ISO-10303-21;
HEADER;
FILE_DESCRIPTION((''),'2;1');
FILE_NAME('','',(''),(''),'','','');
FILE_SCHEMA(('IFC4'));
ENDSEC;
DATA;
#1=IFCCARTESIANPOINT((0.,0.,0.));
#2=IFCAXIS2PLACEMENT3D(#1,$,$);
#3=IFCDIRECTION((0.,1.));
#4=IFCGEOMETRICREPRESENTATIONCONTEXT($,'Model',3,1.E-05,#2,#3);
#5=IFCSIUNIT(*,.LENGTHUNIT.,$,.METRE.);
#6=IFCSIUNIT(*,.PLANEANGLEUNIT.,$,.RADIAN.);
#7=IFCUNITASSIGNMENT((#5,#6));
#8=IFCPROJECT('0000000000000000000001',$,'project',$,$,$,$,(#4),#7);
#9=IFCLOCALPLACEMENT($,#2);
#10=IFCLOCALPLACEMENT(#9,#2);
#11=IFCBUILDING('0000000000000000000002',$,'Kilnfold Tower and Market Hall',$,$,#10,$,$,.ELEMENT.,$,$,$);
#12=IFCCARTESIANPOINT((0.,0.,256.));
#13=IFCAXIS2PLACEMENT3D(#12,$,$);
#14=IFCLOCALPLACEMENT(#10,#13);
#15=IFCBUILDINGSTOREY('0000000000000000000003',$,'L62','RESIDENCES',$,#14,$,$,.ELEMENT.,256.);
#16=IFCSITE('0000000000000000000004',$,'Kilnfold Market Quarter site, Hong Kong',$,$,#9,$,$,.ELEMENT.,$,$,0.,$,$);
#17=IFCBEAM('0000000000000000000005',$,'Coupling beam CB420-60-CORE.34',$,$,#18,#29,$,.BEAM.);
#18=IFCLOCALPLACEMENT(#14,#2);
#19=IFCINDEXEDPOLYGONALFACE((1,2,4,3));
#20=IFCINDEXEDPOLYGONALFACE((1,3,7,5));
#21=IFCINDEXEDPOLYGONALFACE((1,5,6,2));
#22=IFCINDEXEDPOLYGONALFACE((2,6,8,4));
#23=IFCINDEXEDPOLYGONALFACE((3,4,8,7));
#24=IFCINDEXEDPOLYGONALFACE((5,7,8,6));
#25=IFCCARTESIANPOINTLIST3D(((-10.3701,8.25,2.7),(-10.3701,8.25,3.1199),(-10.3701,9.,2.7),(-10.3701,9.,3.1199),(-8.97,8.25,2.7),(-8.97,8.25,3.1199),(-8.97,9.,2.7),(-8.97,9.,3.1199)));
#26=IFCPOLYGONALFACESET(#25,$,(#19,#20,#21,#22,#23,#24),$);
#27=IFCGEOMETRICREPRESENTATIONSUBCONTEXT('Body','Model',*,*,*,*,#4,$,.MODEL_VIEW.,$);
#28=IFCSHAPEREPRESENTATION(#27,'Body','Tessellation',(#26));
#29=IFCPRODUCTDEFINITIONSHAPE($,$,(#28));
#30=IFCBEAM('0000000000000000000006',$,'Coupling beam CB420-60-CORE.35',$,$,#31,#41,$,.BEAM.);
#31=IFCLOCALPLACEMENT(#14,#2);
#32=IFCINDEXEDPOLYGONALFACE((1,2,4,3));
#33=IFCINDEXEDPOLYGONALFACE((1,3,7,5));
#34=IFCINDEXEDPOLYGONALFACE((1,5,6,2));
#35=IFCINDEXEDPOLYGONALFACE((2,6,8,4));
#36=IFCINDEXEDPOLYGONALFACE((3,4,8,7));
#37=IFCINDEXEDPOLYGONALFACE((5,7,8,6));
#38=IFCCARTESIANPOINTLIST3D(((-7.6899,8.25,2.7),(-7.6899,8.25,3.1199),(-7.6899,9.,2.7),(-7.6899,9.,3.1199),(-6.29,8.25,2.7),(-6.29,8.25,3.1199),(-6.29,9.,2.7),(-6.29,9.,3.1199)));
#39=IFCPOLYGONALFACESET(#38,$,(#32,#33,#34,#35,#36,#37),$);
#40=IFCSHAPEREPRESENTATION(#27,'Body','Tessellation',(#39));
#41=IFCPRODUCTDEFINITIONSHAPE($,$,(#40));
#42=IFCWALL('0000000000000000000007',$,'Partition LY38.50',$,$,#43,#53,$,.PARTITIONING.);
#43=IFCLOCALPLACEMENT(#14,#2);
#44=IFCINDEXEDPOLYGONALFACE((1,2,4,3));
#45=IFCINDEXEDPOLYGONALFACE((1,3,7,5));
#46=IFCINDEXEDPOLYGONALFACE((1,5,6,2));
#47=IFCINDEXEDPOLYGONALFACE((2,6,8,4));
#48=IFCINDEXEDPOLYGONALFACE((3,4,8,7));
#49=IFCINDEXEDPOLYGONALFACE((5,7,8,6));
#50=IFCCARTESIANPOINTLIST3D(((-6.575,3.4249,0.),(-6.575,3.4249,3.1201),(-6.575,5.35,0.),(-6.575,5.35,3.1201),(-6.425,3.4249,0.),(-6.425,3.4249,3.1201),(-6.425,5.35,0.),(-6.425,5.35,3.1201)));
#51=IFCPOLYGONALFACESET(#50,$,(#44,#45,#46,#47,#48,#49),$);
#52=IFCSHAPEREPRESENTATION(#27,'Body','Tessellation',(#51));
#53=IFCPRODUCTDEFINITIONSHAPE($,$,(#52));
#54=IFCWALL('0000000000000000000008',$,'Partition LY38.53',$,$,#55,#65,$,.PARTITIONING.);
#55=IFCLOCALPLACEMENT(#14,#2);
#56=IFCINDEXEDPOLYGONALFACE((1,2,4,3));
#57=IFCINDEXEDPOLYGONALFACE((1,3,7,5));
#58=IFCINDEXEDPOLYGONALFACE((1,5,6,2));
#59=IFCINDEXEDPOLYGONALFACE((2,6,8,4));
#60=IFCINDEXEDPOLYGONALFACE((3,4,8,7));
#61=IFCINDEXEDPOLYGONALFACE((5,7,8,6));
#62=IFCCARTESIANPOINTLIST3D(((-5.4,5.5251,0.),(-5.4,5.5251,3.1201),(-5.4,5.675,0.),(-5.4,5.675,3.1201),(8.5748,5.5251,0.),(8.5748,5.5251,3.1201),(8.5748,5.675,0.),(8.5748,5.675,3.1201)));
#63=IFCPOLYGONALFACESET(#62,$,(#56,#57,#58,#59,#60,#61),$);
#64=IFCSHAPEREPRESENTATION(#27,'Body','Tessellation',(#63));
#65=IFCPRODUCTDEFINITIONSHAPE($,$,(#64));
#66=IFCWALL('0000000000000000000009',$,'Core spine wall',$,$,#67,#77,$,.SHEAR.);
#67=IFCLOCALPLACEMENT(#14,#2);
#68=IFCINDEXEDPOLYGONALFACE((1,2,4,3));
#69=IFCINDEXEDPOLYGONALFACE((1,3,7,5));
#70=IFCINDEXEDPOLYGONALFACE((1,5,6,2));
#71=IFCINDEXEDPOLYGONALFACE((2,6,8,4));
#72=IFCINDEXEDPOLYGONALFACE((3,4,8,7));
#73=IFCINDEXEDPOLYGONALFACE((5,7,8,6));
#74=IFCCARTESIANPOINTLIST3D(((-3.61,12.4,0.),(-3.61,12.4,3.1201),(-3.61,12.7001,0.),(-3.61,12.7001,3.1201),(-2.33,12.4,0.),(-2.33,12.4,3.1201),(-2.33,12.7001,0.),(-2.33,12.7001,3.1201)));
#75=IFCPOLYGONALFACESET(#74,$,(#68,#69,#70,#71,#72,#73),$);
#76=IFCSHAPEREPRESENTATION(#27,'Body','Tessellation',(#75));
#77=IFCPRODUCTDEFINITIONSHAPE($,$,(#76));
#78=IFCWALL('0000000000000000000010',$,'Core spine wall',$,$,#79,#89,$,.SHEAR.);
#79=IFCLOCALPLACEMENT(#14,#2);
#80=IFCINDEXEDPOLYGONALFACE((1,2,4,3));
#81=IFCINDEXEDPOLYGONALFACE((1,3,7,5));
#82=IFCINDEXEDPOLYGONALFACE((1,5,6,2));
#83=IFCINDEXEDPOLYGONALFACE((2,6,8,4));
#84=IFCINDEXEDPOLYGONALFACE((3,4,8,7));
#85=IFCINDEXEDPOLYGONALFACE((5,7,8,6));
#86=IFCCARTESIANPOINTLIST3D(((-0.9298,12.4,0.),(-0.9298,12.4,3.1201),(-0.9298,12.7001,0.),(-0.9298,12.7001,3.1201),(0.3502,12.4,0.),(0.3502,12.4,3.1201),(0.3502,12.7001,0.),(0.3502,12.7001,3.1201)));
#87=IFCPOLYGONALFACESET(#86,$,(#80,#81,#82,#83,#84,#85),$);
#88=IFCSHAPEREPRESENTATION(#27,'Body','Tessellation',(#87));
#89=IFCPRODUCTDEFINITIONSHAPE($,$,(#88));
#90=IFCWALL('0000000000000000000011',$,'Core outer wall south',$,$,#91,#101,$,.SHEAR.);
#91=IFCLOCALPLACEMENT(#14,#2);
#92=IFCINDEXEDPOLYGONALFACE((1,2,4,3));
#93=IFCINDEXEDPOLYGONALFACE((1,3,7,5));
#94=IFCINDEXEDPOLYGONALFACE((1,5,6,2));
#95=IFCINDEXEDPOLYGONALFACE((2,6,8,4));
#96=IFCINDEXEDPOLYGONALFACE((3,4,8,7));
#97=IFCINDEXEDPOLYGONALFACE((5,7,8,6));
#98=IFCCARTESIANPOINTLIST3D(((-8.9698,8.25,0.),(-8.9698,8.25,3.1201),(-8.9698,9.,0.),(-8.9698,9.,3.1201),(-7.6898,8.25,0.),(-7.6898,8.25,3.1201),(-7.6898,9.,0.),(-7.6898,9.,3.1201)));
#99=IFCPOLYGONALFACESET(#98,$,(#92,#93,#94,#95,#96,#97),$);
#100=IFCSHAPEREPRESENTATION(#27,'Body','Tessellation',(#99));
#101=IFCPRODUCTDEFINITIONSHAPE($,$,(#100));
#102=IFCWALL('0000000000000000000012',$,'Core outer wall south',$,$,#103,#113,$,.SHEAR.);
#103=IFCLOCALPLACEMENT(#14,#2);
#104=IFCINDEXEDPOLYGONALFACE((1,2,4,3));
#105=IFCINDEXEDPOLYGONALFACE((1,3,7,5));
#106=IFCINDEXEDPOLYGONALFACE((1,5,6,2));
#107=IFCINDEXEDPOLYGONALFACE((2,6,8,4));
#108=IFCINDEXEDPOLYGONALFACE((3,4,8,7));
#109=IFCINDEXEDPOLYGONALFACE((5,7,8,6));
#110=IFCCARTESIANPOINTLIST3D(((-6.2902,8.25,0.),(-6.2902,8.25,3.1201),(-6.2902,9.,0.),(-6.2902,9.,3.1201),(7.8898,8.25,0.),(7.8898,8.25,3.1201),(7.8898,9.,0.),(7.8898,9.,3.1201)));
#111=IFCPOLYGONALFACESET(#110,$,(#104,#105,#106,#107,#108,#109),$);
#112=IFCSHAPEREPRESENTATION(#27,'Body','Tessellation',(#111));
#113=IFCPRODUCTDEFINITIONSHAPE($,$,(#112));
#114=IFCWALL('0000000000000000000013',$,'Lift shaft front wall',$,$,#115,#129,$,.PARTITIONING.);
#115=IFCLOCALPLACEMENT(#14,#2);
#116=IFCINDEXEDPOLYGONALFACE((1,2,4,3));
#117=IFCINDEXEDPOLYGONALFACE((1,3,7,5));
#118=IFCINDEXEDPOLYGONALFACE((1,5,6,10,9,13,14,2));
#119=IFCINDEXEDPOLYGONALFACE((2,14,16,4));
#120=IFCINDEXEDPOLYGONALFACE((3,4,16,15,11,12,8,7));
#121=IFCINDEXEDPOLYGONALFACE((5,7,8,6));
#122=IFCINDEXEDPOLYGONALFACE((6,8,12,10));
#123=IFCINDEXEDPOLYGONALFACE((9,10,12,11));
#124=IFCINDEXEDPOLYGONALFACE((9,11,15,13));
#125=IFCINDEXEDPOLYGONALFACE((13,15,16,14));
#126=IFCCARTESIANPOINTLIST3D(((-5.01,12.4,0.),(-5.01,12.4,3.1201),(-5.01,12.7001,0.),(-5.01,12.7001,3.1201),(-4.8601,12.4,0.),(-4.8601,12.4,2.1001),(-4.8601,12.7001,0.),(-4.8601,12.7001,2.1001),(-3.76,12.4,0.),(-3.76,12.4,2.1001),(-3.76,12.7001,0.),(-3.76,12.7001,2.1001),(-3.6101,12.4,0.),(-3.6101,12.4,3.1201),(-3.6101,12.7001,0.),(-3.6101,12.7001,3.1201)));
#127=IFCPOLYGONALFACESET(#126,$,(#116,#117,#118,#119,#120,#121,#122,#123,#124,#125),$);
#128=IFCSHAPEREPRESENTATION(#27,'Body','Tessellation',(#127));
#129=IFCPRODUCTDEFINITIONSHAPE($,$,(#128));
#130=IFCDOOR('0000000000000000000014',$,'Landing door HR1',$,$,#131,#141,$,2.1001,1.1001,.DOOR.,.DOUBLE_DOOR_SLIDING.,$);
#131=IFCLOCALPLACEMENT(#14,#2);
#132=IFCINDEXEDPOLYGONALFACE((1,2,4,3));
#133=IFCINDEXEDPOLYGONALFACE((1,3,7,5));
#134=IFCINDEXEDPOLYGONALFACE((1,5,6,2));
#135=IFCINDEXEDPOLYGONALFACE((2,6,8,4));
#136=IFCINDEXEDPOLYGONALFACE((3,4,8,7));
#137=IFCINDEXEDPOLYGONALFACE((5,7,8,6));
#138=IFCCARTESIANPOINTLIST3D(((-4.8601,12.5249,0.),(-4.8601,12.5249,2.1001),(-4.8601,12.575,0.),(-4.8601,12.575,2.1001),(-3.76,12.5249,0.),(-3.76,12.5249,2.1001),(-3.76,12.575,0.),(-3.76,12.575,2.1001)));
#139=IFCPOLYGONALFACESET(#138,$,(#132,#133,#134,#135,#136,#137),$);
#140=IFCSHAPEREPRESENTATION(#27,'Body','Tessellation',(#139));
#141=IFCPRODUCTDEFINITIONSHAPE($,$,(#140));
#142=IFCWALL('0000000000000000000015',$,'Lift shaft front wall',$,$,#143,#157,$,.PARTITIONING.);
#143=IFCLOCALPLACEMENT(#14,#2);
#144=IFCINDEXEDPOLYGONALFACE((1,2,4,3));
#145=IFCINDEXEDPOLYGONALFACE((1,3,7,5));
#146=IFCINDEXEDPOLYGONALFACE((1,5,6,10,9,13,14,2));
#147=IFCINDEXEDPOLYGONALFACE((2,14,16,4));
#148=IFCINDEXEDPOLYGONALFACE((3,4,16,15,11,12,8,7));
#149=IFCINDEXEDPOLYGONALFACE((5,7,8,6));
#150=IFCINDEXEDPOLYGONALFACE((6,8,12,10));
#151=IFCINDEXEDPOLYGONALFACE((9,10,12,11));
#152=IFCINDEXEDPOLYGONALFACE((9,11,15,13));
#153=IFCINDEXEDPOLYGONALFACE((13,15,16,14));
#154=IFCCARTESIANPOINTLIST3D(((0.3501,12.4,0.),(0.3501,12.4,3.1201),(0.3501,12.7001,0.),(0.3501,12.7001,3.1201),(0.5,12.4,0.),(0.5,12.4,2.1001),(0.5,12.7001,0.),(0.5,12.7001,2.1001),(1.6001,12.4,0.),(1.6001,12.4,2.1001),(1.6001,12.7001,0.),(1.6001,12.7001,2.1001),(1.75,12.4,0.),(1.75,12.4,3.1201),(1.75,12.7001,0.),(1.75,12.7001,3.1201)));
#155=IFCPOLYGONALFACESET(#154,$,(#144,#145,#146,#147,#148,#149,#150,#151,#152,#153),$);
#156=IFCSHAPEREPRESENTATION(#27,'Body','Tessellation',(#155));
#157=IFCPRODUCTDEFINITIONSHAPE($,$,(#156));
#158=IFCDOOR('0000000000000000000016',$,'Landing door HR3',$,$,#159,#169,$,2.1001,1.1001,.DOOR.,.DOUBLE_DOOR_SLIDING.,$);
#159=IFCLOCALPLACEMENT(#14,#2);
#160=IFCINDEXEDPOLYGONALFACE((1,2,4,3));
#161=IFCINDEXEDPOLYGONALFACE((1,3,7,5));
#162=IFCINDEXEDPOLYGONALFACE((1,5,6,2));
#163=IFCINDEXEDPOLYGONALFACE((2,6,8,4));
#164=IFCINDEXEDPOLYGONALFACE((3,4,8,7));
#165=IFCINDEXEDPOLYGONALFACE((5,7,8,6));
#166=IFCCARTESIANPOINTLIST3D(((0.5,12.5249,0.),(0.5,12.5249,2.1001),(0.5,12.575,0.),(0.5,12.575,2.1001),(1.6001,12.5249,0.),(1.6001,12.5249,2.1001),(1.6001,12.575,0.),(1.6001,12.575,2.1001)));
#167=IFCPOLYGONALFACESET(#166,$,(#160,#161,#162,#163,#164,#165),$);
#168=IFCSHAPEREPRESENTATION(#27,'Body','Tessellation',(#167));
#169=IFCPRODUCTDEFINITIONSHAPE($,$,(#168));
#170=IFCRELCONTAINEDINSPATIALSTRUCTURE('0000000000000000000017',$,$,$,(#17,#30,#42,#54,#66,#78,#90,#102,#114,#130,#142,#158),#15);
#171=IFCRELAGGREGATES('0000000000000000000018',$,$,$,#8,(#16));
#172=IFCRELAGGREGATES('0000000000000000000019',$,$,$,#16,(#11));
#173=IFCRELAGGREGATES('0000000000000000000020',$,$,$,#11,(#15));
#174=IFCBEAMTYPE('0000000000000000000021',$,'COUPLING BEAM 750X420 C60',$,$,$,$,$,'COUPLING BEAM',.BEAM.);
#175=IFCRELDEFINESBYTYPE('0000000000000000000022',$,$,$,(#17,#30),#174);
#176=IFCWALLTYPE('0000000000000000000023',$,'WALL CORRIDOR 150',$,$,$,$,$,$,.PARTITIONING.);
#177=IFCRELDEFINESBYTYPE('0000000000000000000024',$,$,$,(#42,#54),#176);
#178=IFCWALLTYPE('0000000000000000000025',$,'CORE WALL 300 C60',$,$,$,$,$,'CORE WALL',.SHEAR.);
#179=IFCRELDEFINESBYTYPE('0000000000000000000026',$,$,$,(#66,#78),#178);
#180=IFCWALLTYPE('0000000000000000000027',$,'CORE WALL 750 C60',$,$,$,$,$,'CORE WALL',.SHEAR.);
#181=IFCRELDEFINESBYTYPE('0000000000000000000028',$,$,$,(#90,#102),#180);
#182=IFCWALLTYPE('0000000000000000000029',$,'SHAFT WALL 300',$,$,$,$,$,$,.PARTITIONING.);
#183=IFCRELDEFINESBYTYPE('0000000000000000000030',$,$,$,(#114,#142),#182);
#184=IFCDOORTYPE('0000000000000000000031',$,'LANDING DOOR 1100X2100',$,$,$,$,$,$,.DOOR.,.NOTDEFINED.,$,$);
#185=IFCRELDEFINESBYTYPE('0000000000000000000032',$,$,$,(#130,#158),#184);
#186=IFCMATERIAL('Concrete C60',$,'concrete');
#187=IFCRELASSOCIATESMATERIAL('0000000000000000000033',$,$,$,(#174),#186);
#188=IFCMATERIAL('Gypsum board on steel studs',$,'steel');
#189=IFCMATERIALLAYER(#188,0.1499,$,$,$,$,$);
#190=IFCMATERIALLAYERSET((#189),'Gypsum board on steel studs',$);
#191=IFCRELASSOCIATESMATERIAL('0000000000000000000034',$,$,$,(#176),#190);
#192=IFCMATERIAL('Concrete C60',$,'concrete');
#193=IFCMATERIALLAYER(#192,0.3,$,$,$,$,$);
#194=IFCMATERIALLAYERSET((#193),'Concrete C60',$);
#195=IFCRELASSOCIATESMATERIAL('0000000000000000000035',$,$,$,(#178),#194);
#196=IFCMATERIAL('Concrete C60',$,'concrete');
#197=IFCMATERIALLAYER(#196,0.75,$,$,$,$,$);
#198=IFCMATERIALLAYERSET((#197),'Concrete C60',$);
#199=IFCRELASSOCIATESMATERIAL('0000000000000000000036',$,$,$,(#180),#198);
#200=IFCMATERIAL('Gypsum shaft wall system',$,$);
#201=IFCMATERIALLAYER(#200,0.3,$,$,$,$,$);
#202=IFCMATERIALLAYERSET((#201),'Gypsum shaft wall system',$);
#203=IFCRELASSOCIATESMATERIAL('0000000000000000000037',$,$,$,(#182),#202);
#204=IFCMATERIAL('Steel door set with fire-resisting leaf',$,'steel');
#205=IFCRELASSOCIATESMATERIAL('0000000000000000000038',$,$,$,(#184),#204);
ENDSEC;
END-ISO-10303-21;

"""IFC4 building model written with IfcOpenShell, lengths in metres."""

from ifc_helpers import new_model, si_unit, direction, frame, frame_2d, origin, origin_2d, place, context, subcontext, project, spatial, rectangle, extrude, source, transform, mapped, material, layer, layer_set, material_profile, profile_set, type_object, element, fill, save


model = new_model("IFC4")

# Units and contexts
model_context = context("Model", 3, precision=1e-05, world=origin(), true_north=direction((0.0, 1.0)))
body_context = subcontext(model_context, "Body", "Model", "MODEL_VIEW")
ifc_project = project(units=[si_unit("LENGTHUNIT", "METRE"), si_unit("PLANEANGLEUNIT", "RADIAN")], contexts=[model_context])

# Site, building, storey
site_placement = place(None, origin())
site = spatial("IfcSite", under=ifc_project, at=site_placement, Name="Kilnfold Market Quarter site, Hong Kong", CompositionType="ELEMENT", RefElevation=0.0)
building_placement = place(site_placement, origin())
building = spatial("IfcBuilding", under=site, at=building_placement, Name="Kilnfold Tower and Market Hall", CompositionType="ELEMENT")
storey_placement = place(building_placement, frame((0.0, 0.0, 256.0)))
storey = spatial("IfcBuildingStorey", under=building, at=storey_placement, Name="L62", Description="RESIDENCES", CompositionType="ELEMENT", Elevation=256.0)

# Beams
ifc_material_1 = material(Name="Concrete C60", Category="concrete")
ifc_material_profile = material_profile(ifc_material_1, rectangle(XDim=0.75, YDim=0.4199, at=origin_2d()), Name="RC 750x420")
ifc_profile_set = profile_set([ifc_material_profile], Name="Concrete C60")
beam_type = type_object("IfcBeamType", Name="COUPLING BEAM 750X420 C60", ElementType="COUPLING BEAM", PredefinedType="BEAM", material=ifc_profile_set)
shared_shape_1 = source(origin(), body_context, "Body", "SweptSolid", [
    extrude(rectangle(XDim=0.75, YDim=0.4199, at=origin_2d()), origin(), (0.0, 0.0, 1.0), 1.4001),
])
beam_1_placement = place(storey_placement, frame((-10.3701, 8.625, 2.9099), z_axis=(1.0, 0.0, 0.0), x_axis=(0.0, 1.0, 0.0)))
element("IfcBeam", 1, at=beam_1_placement, inside=storey, type_object=beam_type, Name="Coupling beam CB420-60-CORE.34", PredefinedType="BEAM", context=body_context, shape_type="MappedRepresentation", body=[
    mapped(shared_shape_1, transform((0.0, 0.0, 0.0))),
])
shared_shape_2 = source(origin(), body_context, "Body", "SweptSolid", [
    extrude(rectangle(XDim=0.75, YDim=0.4199, at=origin_2d()), origin(), (0.0, 0.0, 1.0), 1.3999),
])
beam_2_placement = place(storey_placement, frame((-7.6899, 8.625, 2.9099), z_axis=(1.0, 0.0, 0.0), x_axis=(0.0, 1.0, 0.0)))
element("IfcBeam", 2, at=beam_2_placement, inside=storey, type_object=beam_type, Name="Coupling beam CB420-60-CORE.35", PredefinedType="BEAM", context=body_context, shape_type="MappedRepresentation", body=[
    mapped(shared_shape_2, transform((0.0, 0.0, 0.0))),
])

# Walls
ifc_material_2 = material(Name="Gypsum board on steel studs", Category="steel")
ifc_layer_1 = layer(ifc_material_2, 0.1499)
ifc_layer_set_1 = layer_set([ifc_layer_1], Name="Gypsum board on steel studs")
wall_type_1 = type_object("IfcWallType", Name="WALL CORRIDOR 150", PredefinedType="PARTITIONING", material=ifc_layer_set_1)
wall_1_placement = place(storey_placement, frame((-6.5, 3.425, 0.0), z_axis=(0.0, 0.0, 1.0), x_axis=(0.0, 1.0, 0.0)))
element("IfcWall", 3, at=wall_1_placement, inside=storey, type_object=wall_type_1, Name="Partition LY38.50", PredefinedType="PARTITIONING", context=body_context, shape_type="SweptSolid", body=[
    extrude(rectangle(XDim=1.925, YDim=0.1499, at=frame_2d((0.9624, 0.0))), origin(), (0.0, 0.0, 1.0), 3.1201),
])
wall_2_placement = place(storey_placement, frame((-5.3999, 5.6001, 0.0), z_axis=(0.0, 0.0, 1.0), x_axis=(1.0, 0.0, 0.0)))
element("IfcWall", 4, at=wall_2_placement, inside=storey, type_object=wall_type_1, Name="Partition LY38.53", PredefinedType="PARTITIONING", context=body_context, shape_type="SweptSolid", body=[
    extrude(rectangle(XDim=13.9749, YDim=0.1499, at=frame_2d((6.9873, 0.0))), origin(), (0.0, 0.0, 1.0), 3.1201),
])
ifc_material_3 = material(Name="Concrete C60", Category="concrete")
ifc_layer_2 = layer(ifc_material_3, 0.3)
ifc_layer_set_2 = layer_set([ifc_layer_2], Name="Concrete C60")
wall_type_2 = type_object("IfcWallType", Name="CORE WALL 300 C60", ElementType="CORE WALL", PredefinedType="SHEAR", material=ifc_layer_set_2)
shared_shape_3 = source(origin(), body_context, "Body", "SweptSolid", [
    extrude(rectangle(XDim=1.28, YDim=0.3, at=frame_2d((0.6401, 0.0))), origin(), (0.0, 0.0, 1.0), 3.1201),
])
for number, where, z_axis, x_axis, name in (
    (5, (-3.6101, 12.55, 0.0), (0.0, 0.0, 1.0), (1.0, 0.0, 0.0), "Core spine wall"),
    (6, (-0.9299, 12.55, 0.0), (0.0, 0.0, 1.0), (1.0, 0.0, 0.0), "Core spine wall"),
):
    element("IfcWall", number, at=place(storey_placement, frame(where, z_axis=z_axis, x_axis=x_axis)), inside=storey, type_object=wall_type_2, Name=name, PredefinedType="SHEAR", context=body_context, shape_type="MappedRepresentation", body=[
        mapped(shared_shape_3, transform((0.0, 0.0, 0.0))),
    ])
ifc_material_4 = material(Name="Concrete C60", Category="concrete")
ifc_layer_3 = layer(ifc_material_4, 0.75)
ifc_layer_set_3 = layer_set([ifc_layer_3], Name="Concrete C60")
wall_type_3 = type_object("IfcWallType", Name="CORE WALL 750 C60", ElementType="CORE WALL", PredefinedType="SHEAR", material=ifc_layer_set_3)
shared_shape_4 = source(origin(), body_context, "Body", "SweptSolid", [
    extrude(rectangle(XDim=1.28, YDim=0.75, at=frame_2d((0.6401, 0.0))), origin(), (0.0, 0.0, 1.0), 3.1201),
])
wall_3_placement = place(storey_placement, frame((-8.97, 8.625, 0.0), z_axis=(0.0, 0.0, 1.0), x_axis=(1.0, 0.0, 0.0)))
element("IfcWall", 7, at=wall_3_placement, inside=storey, type_object=wall_type_3, Name="Core outer wall south", PredefinedType="SHEAR", context=body_context, shape_type="MappedRepresentation", body=[
    mapped(shared_shape_4, transform((0.0, 0.0, 0.0))),
])
shared_shape_5 = source(origin(), body_context, "Body", "SweptSolid", [
    extrude(rectangle(XDim=14.1799, YDim=0.75, at=frame_2d((7.0898, 0.0))), origin(), (0.0, 0.0, 1.0), 3.1201),
])
wall_4_placement = place(storey_placement, frame((-6.29, 8.625, 0.0), z_axis=(0.0, 0.0, 1.0), x_axis=(1.0, 0.0, 0.0)))
element("IfcWall", 8, at=wall_4_placement, inside=storey, type_object=wall_type_3, Name="Core outer wall south", PredefinedType="SHEAR", context=body_context, shape_type="MappedRepresentation", body=[
    mapped(shared_shape_5, transform((0.0, 0.0, 0.0))),
])

# Walls, openings, doors
ifc_material_5 = material(Name="Gypsum shaft wall system")
ifc_layer_4 = layer(ifc_material_5, 0.3)
ifc_layer_set_4 = layer_set([ifc_layer_4], Name="Gypsum shaft wall system")
wall_type_4 = type_object("IfcWallType", Name="SHAFT WALL 300", PredefinedType="PARTITIONING", material=ifc_layer_set_4)
shared_shape_6 = source(origin(), body_context, "Body", "SweptSolid", [
    extrude(rectangle(XDim=1.3999, YDim=0.3, at=frame_2d((0.7, 0.0))), origin(), (0.0, 0.0, 1.0), 3.1201),
])
wall_5_placement = place(storey_placement, frame((-5.01, 12.55, 0.0), z_axis=(0.0, 0.0, 1.0), x_axis=(1.0, 0.0, 0.0)))
wall_5 = element("IfcWall", 9, at=wall_5_placement, inside=storey, type_object=wall_type_4, Name="Lift shaft front wall", PredefinedType="PARTITIONING", context=body_context, shape_type="MappedRepresentation", body=[
    mapped(shared_shape_6, transform((0.0, 0.0, 0.0))),
])
opening_1_placement = place(wall_5_placement, frame((0.1499, 0.0, 0.0)))
opening_1 = element("IfcOpeningElement", 10, at=opening_1_placement, cuts=wall_5, PredefinedType="OPENING", context=body_context, shape_type="SweptSolid", body=[
    extrude(rectangle(XDim=1.1001, YDim=2.1001, at=frame_2d((0.55, 1.05))), frame((0.0, 0.1602, 0.0), z_axis=(0.0, -1.0, 0.0), x_axis=(1.0, 0.0, 0.0)), (0.0, 0.0, 1.0), 0.3201),
])
ifc_material_6 = material(Name="Steel door set with fire-resisting leaf", Category="steel")
door_type_1 = type_object("IfcDoorType", Name="LANDING DOOR 1100X2100", OperationType="NOTDEFINED", PredefinedType="DOOR", material=ifc_material_6)
door_1_placement = place(opening_1_placement, origin())
door_1 = element("IfcDoor", 11, at=door_1_placement, inside=storey, type_object=door_type_1, Name="Landing door HR1", OperationType="DOUBLE_DOOR_SLIDING", OverallHeight=2.1001, OverallWidth=1.1001, PredefinedType="DOOR", context=body_context, shape_type="SweptSolid", body=[
    extrude(rectangle(XDim=1.1001, YDim=2.1001, at=frame_2d((0.55, 1.05))), frame((0.0, 0.0249, 0.0), z_axis=(0.0, -1.0, 0.0), x_axis=(1.0, 0.0, 0.0)), (0.0, 0.0, 1.0), 0.05),
])
fill(opening_1, door_1)
wall_6_placement = place(storey_placement, frame((0.3501, 12.55, 0.0), z_axis=(0.0, 0.0, 1.0), x_axis=(1.0, 0.0, 0.0)))
wall_6 = element("IfcWall", 12, at=wall_6_placement, inside=storey, type_object=wall_type_4, Name="Lift shaft front wall", PredefinedType="PARTITIONING", context=body_context, shape_type="MappedRepresentation", body=[
    mapped(shared_shape_6, transform((0.0, 0.0, 0.0))),
])
opening_2_placement = place(wall_6_placement, frame((0.1499, 0.0, 0.0)))
opening_2 = element("IfcOpeningElement", 13, at=opening_2_placement, cuts=wall_6, PredefinedType="OPENING", context=body_context, shape_type="SweptSolid", body=[
    extrude(rectangle(XDim=1.1001, YDim=2.1001, at=frame_2d((0.55, 1.05))), frame((0.0, 0.1602, 0.0), z_axis=(0.0, -1.0, 0.0), x_axis=(1.0, 0.0, 0.0)), (0.0, 0.0, 1.0), 0.3201),
])
door_2_placement = place(opening_2_placement, origin())
door_2 = element("IfcDoor", 14, at=door_2_placement, inside=storey, type_object=door_type_1, Name="Landing door HR3", OperationType="DOUBLE_DOOR_SLIDING", OverallHeight=2.1001, OverallWidth=1.1001, PredefinedType="DOOR", context=body_context, shape_type="SweptSolid", body=[
    extrude(rectangle(XDim=1.1001, YDim=2.1001, at=frame_2d((0.55, 1.05))), frame((0.0, 0.0249, 0.0), z_axis=(0.0, -1.0, 0.0), x_axis=(1.0, 0.0, 0.0)), (0.0, 0.0, 1.0), 0.05),
])
fill(opening_2, door_2)

save(model, "model.ifc")
